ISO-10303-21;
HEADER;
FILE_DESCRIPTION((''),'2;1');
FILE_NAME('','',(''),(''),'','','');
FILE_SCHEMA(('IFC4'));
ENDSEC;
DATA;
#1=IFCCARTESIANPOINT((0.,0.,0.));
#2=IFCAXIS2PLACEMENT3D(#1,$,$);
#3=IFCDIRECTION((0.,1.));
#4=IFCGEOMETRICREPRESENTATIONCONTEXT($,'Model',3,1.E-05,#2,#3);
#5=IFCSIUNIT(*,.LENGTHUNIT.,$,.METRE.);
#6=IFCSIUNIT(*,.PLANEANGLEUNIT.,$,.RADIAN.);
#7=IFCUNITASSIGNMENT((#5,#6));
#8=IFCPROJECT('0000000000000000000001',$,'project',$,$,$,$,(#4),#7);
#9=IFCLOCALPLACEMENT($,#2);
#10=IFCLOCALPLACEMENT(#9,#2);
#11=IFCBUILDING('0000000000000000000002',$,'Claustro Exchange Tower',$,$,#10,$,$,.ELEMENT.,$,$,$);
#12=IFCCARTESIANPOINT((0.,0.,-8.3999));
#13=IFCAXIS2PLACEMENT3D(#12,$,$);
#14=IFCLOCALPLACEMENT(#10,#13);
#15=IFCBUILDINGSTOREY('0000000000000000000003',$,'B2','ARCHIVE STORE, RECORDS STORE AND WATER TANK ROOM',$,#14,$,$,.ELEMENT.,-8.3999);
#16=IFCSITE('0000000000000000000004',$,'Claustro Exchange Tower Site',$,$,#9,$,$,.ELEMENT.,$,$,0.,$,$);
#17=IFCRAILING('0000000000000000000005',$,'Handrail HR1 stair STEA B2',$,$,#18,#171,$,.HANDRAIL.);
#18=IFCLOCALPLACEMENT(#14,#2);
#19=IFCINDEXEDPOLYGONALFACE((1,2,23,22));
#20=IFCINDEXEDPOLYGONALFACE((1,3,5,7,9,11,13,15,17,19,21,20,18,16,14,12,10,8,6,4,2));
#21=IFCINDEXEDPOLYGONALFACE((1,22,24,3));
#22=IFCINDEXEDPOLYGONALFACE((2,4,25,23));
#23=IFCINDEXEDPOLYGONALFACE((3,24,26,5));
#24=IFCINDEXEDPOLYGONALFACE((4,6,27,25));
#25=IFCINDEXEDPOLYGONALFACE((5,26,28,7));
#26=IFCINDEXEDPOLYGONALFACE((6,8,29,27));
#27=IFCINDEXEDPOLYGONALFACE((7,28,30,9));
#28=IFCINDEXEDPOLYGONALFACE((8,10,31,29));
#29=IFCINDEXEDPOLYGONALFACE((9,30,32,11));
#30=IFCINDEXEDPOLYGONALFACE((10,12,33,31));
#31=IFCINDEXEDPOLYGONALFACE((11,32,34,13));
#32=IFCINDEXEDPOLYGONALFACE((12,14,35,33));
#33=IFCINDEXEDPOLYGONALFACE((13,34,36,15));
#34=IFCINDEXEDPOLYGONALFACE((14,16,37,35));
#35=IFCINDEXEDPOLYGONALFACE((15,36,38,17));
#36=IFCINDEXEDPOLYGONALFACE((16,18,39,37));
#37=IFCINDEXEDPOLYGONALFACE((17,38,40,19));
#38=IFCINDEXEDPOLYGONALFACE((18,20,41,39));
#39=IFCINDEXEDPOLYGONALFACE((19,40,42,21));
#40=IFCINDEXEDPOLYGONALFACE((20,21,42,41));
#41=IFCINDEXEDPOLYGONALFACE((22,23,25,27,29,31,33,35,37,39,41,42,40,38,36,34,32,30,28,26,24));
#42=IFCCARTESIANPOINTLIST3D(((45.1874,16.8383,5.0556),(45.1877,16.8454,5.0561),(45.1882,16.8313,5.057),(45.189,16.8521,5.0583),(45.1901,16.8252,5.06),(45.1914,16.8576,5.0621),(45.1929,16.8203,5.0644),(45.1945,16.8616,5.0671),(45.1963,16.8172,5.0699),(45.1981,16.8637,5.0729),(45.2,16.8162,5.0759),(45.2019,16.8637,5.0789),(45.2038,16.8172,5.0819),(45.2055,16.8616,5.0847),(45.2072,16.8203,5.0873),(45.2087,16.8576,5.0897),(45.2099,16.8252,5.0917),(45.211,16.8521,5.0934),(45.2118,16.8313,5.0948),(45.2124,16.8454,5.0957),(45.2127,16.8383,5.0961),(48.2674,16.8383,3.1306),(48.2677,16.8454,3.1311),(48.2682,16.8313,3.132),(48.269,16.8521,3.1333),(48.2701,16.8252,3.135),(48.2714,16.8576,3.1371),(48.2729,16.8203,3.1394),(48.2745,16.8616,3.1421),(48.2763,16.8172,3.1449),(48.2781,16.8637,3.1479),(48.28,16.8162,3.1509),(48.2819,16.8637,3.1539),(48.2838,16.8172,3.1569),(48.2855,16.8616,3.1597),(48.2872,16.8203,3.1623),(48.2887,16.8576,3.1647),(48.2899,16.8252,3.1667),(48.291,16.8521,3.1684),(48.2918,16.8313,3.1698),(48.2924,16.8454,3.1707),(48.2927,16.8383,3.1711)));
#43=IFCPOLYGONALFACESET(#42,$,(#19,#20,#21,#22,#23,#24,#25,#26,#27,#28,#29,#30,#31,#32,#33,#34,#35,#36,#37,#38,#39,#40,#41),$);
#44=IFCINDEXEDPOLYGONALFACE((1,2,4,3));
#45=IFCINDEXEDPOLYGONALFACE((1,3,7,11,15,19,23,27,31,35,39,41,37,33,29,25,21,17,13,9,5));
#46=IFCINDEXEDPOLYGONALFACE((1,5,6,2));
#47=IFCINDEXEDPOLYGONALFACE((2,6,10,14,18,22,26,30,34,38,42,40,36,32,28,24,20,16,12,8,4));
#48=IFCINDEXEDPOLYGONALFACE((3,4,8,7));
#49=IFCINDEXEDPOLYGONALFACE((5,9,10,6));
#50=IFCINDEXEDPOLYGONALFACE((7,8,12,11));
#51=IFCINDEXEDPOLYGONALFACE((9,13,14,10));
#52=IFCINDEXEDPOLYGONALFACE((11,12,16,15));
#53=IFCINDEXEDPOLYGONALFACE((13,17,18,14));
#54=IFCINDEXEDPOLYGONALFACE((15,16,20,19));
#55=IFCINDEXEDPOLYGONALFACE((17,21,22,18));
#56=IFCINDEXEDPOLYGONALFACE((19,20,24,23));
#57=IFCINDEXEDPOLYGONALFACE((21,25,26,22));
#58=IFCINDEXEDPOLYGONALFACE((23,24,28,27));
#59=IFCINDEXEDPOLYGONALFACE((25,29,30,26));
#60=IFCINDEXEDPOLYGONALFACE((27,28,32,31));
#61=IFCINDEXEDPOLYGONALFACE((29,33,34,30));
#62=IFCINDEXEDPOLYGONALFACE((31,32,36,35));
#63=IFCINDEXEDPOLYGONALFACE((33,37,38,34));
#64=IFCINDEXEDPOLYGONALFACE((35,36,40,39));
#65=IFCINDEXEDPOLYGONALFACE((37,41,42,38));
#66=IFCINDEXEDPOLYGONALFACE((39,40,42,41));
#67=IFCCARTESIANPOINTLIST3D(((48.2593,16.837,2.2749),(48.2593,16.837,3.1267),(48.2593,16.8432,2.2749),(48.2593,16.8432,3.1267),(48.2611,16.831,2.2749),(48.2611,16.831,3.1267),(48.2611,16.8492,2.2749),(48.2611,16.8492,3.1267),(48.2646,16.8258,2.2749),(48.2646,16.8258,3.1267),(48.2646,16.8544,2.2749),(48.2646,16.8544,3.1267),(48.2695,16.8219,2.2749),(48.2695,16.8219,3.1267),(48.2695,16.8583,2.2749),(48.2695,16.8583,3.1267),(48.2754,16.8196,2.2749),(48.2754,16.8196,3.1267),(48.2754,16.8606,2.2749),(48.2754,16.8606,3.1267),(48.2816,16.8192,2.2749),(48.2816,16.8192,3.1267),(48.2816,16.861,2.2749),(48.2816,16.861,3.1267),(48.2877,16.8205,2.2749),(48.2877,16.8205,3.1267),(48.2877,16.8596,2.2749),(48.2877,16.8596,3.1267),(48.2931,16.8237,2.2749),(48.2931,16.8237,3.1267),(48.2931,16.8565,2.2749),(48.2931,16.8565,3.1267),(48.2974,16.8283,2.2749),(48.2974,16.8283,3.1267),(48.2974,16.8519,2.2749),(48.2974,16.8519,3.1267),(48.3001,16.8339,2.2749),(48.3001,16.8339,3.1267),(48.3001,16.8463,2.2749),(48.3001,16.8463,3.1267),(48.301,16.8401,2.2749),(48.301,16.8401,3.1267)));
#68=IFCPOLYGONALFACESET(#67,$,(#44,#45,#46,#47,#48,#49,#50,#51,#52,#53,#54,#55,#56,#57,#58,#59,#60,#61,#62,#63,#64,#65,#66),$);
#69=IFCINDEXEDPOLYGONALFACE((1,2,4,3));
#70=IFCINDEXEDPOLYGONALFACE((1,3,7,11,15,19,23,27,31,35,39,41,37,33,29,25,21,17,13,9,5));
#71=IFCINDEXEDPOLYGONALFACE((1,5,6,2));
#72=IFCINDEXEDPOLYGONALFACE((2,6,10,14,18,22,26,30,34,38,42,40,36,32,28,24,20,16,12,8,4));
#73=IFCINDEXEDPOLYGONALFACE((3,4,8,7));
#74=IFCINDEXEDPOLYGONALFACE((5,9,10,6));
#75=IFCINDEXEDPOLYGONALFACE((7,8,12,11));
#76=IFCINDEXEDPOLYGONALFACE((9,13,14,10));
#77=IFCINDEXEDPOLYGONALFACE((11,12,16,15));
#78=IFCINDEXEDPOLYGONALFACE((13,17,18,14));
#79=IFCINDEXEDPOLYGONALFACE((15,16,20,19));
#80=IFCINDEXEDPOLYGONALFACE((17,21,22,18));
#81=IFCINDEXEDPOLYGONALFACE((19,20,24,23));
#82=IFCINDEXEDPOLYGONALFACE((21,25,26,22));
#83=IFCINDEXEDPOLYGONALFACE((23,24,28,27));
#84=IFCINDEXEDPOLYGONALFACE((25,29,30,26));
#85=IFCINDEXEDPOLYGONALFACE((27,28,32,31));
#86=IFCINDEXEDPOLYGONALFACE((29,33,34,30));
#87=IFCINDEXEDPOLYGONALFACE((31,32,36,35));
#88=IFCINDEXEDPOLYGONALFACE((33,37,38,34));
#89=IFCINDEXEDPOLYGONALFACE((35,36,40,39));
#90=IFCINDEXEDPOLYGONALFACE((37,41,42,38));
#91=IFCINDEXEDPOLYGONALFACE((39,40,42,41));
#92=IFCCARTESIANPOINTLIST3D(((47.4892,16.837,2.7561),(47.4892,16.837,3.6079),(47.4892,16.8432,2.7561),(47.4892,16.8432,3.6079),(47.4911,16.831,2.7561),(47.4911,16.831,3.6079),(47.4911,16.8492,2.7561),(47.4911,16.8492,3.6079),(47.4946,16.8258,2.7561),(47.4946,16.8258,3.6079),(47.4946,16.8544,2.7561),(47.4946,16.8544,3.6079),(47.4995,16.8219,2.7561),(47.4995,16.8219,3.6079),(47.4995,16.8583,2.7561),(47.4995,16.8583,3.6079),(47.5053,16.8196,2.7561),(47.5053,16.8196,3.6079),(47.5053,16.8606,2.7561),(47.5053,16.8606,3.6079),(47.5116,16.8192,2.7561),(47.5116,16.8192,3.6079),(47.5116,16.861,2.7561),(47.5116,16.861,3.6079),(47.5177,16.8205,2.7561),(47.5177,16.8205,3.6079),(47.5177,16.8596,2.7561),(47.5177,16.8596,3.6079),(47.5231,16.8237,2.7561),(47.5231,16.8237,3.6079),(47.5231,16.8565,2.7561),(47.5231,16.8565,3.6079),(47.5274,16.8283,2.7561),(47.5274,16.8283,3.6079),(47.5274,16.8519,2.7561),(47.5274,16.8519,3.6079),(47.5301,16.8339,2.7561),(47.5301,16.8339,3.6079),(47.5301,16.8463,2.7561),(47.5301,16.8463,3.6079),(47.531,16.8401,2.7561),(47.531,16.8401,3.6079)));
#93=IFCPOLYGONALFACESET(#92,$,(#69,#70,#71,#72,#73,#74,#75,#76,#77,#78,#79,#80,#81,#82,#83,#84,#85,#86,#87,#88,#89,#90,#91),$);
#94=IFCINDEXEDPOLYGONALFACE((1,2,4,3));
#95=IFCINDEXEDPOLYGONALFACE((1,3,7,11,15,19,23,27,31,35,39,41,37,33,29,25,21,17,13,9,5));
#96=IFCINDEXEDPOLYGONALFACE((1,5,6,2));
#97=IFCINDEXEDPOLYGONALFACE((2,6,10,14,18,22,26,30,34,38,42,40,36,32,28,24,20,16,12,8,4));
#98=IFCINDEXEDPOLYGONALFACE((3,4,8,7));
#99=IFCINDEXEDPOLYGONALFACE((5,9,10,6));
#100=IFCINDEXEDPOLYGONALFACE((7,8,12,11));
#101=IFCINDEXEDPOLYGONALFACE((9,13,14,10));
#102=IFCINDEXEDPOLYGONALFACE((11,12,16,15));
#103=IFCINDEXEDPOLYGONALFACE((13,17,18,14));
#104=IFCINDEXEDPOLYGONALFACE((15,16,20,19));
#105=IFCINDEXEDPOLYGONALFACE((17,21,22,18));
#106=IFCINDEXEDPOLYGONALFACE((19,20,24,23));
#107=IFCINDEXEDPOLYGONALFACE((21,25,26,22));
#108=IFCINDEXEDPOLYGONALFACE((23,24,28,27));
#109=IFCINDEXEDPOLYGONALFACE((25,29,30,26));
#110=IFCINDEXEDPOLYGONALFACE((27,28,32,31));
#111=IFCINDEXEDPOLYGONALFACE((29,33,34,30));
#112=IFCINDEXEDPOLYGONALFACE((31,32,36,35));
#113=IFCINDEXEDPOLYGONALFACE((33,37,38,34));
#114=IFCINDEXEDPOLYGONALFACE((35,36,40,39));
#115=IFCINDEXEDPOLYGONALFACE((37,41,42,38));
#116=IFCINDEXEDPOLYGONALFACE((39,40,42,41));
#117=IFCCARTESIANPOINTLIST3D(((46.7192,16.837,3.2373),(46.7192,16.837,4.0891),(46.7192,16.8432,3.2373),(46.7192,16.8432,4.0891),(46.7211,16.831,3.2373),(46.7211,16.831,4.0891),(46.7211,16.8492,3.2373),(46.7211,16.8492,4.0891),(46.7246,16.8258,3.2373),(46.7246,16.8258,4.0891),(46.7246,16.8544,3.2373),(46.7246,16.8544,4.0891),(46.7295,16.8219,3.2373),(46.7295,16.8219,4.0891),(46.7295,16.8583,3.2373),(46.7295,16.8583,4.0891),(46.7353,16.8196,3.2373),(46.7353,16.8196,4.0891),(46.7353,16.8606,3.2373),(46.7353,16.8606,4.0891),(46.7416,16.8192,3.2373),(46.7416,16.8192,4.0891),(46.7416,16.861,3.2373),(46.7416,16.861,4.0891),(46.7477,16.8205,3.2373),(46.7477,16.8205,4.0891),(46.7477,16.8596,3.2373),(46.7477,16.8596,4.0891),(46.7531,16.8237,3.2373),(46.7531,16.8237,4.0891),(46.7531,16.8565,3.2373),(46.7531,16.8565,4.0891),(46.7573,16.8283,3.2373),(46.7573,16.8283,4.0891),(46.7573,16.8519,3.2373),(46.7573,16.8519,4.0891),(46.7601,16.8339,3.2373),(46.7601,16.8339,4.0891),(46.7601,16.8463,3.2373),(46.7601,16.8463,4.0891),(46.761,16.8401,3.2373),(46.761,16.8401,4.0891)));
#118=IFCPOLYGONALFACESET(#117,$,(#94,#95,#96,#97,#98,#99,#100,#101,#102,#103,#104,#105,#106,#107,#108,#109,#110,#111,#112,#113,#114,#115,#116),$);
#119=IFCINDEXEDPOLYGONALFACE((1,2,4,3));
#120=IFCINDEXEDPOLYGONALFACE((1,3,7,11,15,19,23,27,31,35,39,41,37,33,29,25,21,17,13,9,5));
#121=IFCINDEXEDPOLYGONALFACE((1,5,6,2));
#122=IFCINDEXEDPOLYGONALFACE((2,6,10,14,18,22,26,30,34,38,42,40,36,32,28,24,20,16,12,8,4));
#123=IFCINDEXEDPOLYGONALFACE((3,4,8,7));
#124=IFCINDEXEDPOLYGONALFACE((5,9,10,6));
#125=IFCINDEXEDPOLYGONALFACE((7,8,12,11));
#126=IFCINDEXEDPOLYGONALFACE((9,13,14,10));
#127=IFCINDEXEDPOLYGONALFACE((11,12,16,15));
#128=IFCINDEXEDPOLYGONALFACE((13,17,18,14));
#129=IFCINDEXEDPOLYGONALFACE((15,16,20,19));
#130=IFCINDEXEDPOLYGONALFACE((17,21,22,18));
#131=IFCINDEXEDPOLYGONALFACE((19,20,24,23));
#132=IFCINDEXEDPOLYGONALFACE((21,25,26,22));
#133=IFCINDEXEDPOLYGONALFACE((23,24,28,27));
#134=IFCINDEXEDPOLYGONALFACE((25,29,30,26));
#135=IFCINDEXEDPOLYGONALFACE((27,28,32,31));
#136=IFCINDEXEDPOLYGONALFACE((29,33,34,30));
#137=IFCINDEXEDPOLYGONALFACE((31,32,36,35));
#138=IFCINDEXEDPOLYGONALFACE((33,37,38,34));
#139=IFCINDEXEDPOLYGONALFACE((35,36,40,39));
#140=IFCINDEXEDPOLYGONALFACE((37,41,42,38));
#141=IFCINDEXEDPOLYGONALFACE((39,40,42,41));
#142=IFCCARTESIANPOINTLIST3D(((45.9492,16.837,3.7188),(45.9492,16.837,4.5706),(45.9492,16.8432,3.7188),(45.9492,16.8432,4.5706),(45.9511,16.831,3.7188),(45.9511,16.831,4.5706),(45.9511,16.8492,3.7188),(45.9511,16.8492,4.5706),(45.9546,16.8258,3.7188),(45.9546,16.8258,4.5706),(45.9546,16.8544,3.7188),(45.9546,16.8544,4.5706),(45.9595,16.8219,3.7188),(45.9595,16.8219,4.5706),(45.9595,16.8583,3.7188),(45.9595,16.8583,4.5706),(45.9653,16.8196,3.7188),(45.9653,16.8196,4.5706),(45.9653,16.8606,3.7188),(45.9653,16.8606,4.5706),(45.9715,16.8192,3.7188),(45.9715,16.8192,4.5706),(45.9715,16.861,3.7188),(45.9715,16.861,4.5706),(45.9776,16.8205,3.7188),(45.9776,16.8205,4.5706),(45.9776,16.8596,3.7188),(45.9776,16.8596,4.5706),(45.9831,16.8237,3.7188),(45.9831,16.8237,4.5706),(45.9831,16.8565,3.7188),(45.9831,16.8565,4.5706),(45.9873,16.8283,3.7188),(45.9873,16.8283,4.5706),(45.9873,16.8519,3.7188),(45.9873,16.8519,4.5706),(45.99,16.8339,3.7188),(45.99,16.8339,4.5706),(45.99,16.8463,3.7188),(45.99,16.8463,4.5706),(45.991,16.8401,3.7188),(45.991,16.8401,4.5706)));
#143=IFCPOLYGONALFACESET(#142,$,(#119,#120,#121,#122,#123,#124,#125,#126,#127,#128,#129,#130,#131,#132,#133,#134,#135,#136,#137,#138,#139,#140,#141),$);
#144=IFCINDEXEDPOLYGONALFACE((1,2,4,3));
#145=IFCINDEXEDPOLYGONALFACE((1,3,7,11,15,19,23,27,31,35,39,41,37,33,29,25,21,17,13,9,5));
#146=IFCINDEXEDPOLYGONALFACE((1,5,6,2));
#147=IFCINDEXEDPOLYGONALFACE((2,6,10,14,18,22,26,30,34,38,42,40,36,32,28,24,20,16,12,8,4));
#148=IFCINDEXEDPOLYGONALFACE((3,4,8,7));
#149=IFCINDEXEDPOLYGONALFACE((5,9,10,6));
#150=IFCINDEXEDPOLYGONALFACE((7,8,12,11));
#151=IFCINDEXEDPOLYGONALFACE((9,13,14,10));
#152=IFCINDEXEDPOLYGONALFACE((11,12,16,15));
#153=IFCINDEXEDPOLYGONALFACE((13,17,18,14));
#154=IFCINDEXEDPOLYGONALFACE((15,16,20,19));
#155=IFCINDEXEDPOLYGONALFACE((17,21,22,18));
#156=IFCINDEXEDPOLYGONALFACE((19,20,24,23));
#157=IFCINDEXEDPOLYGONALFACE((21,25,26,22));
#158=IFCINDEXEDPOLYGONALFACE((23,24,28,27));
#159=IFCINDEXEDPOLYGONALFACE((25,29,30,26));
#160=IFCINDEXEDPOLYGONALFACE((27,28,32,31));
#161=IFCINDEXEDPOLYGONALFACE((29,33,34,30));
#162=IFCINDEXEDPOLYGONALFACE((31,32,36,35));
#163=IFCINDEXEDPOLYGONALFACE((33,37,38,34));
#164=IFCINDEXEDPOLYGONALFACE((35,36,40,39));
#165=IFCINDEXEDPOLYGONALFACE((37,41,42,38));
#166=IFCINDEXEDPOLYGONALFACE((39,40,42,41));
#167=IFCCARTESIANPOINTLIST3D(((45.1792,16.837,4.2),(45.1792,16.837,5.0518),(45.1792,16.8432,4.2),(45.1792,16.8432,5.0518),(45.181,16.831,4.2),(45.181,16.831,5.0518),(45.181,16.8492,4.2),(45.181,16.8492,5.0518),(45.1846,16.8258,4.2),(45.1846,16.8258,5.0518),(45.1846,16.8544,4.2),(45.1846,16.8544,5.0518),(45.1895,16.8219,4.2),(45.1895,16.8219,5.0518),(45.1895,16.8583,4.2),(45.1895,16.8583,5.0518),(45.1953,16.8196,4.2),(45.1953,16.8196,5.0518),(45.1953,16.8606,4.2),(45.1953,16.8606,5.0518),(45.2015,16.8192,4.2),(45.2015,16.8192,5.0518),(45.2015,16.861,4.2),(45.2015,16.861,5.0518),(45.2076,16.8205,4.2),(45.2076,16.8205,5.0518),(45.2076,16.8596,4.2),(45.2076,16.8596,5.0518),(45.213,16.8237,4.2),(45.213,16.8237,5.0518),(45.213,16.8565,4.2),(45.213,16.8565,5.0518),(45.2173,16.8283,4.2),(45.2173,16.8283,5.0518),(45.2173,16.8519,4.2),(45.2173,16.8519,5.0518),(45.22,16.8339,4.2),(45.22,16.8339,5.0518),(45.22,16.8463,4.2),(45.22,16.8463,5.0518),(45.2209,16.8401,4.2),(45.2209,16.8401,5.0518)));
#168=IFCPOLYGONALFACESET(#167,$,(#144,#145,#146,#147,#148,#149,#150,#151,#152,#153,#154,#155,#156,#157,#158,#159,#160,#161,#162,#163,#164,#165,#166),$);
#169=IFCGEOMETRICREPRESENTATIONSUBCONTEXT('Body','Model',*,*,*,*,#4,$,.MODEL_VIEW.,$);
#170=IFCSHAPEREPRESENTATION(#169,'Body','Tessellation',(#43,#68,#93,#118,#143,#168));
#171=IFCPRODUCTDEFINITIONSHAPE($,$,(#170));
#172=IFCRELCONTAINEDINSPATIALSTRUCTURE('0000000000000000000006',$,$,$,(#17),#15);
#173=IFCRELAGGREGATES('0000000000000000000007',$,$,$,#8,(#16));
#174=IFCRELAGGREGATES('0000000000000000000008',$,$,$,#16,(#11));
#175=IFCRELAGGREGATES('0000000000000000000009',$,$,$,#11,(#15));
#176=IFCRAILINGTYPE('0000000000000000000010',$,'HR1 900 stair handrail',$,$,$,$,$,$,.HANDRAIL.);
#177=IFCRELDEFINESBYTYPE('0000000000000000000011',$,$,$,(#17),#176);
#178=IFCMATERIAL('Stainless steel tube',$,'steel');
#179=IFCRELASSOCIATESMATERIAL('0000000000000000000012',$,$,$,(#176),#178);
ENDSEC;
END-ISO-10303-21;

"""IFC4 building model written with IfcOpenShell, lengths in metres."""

from ifc_helpers import new_model, si_unit, direction, frame, origin, origin_2d, place, context, subcontext, project, spatial, circle, extrude, material, type_object, element, save


model = new_model("IFC4")

# Units and contexts
model_context = context("Model", 3, precision=1e-05, world=origin(), true_north=direction((0.0, 1.0)))
body_context = subcontext(model_context, "Body", "Model", "MODEL_VIEW")
ifc_project = project(units=[si_unit("LENGTHUNIT", "METRE"), si_unit("PLANEANGLEUNIT", "RADIAN")], contexts=[model_context])

# Site, building, storey
site_placement = place(None, origin())
site = spatial("IfcSite", under=ifc_project, at=site_placement, Name="Claustro Exchange Tower Site", CompositionType="ELEMENT", RefElevation=0.0)
building_placement = place(site_placement, origin())
building = spatial("IfcBuilding", under=site, at=building_placement, Name="Claustro Exchange Tower", CompositionType="ELEMENT")
storey_placement = place(building_placement, frame((0.0, 0.0, -8.3999)))
storey = spatial("IfcBuildingStorey", under=building, at=storey_placement, Name="B2", Description="ARCHIVE STORE, RECORDS STORE AND WATER TANK ROOM", CompositionType="ELEMENT", Elevation=-8.3999)

# Railing
ifc_material_1 = material(Name="Stainless steel tube", Category="steel")
railing_type = type_object("IfcRailingType", Name="HR1 900 stair handrail", PredefinedType="HANDRAIL", material=ifc_material_1)
railing_placement = place(storey_placement, frame((48.28, 16.8401, 2.2749)))
element("IfcRailing", 1, at=railing_placement, inside=storey, type_object=railing_type, Name="Handrail HR1 stair STEA B2", PredefinedType="HANDRAIL", context=body_context, shape_type="SweptSolid", body=[
    extrude(circle(Radius=0.0239, at=origin_2d()), frame((0.0, 0.0, 0.876), z_axis=(-0.847998, 0.0, 0.529999), x_axis=(0.0, -1.0, 0.0)), (0.0, 0.0, 1.0), 3.6321),
    extrude(circle(Radius=0.021, at=origin_2d()), origin(), (0.0, 0.0, 1.0), 0.8518),
    extrude(circle(Radius=0.021, at=origin_2d()), frame((-0.77, 0.0, 0.4812)), (0.0, 0.0, 1.0), 0.8518),
    extrude(circle(Radius=0.021, at=origin_2d()), frame((-1.54, 0.0, 0.9624)), (0.0, 0.0, 1.0), 0.8518),
    extrude(circle(Radius=0.021, at=origin_2d()), frame((-2.3101, 0.0, 1.4438)), (0.0, 0.0, 1.0), 0.8518),
    extrude(circle(Radius=0.021, at=origin_2d()), frame((-3.0801, 0.0, 1.925)), (0.0, 0.0, 1.0), 0.8518),
])

save(model, "model.ifc")
